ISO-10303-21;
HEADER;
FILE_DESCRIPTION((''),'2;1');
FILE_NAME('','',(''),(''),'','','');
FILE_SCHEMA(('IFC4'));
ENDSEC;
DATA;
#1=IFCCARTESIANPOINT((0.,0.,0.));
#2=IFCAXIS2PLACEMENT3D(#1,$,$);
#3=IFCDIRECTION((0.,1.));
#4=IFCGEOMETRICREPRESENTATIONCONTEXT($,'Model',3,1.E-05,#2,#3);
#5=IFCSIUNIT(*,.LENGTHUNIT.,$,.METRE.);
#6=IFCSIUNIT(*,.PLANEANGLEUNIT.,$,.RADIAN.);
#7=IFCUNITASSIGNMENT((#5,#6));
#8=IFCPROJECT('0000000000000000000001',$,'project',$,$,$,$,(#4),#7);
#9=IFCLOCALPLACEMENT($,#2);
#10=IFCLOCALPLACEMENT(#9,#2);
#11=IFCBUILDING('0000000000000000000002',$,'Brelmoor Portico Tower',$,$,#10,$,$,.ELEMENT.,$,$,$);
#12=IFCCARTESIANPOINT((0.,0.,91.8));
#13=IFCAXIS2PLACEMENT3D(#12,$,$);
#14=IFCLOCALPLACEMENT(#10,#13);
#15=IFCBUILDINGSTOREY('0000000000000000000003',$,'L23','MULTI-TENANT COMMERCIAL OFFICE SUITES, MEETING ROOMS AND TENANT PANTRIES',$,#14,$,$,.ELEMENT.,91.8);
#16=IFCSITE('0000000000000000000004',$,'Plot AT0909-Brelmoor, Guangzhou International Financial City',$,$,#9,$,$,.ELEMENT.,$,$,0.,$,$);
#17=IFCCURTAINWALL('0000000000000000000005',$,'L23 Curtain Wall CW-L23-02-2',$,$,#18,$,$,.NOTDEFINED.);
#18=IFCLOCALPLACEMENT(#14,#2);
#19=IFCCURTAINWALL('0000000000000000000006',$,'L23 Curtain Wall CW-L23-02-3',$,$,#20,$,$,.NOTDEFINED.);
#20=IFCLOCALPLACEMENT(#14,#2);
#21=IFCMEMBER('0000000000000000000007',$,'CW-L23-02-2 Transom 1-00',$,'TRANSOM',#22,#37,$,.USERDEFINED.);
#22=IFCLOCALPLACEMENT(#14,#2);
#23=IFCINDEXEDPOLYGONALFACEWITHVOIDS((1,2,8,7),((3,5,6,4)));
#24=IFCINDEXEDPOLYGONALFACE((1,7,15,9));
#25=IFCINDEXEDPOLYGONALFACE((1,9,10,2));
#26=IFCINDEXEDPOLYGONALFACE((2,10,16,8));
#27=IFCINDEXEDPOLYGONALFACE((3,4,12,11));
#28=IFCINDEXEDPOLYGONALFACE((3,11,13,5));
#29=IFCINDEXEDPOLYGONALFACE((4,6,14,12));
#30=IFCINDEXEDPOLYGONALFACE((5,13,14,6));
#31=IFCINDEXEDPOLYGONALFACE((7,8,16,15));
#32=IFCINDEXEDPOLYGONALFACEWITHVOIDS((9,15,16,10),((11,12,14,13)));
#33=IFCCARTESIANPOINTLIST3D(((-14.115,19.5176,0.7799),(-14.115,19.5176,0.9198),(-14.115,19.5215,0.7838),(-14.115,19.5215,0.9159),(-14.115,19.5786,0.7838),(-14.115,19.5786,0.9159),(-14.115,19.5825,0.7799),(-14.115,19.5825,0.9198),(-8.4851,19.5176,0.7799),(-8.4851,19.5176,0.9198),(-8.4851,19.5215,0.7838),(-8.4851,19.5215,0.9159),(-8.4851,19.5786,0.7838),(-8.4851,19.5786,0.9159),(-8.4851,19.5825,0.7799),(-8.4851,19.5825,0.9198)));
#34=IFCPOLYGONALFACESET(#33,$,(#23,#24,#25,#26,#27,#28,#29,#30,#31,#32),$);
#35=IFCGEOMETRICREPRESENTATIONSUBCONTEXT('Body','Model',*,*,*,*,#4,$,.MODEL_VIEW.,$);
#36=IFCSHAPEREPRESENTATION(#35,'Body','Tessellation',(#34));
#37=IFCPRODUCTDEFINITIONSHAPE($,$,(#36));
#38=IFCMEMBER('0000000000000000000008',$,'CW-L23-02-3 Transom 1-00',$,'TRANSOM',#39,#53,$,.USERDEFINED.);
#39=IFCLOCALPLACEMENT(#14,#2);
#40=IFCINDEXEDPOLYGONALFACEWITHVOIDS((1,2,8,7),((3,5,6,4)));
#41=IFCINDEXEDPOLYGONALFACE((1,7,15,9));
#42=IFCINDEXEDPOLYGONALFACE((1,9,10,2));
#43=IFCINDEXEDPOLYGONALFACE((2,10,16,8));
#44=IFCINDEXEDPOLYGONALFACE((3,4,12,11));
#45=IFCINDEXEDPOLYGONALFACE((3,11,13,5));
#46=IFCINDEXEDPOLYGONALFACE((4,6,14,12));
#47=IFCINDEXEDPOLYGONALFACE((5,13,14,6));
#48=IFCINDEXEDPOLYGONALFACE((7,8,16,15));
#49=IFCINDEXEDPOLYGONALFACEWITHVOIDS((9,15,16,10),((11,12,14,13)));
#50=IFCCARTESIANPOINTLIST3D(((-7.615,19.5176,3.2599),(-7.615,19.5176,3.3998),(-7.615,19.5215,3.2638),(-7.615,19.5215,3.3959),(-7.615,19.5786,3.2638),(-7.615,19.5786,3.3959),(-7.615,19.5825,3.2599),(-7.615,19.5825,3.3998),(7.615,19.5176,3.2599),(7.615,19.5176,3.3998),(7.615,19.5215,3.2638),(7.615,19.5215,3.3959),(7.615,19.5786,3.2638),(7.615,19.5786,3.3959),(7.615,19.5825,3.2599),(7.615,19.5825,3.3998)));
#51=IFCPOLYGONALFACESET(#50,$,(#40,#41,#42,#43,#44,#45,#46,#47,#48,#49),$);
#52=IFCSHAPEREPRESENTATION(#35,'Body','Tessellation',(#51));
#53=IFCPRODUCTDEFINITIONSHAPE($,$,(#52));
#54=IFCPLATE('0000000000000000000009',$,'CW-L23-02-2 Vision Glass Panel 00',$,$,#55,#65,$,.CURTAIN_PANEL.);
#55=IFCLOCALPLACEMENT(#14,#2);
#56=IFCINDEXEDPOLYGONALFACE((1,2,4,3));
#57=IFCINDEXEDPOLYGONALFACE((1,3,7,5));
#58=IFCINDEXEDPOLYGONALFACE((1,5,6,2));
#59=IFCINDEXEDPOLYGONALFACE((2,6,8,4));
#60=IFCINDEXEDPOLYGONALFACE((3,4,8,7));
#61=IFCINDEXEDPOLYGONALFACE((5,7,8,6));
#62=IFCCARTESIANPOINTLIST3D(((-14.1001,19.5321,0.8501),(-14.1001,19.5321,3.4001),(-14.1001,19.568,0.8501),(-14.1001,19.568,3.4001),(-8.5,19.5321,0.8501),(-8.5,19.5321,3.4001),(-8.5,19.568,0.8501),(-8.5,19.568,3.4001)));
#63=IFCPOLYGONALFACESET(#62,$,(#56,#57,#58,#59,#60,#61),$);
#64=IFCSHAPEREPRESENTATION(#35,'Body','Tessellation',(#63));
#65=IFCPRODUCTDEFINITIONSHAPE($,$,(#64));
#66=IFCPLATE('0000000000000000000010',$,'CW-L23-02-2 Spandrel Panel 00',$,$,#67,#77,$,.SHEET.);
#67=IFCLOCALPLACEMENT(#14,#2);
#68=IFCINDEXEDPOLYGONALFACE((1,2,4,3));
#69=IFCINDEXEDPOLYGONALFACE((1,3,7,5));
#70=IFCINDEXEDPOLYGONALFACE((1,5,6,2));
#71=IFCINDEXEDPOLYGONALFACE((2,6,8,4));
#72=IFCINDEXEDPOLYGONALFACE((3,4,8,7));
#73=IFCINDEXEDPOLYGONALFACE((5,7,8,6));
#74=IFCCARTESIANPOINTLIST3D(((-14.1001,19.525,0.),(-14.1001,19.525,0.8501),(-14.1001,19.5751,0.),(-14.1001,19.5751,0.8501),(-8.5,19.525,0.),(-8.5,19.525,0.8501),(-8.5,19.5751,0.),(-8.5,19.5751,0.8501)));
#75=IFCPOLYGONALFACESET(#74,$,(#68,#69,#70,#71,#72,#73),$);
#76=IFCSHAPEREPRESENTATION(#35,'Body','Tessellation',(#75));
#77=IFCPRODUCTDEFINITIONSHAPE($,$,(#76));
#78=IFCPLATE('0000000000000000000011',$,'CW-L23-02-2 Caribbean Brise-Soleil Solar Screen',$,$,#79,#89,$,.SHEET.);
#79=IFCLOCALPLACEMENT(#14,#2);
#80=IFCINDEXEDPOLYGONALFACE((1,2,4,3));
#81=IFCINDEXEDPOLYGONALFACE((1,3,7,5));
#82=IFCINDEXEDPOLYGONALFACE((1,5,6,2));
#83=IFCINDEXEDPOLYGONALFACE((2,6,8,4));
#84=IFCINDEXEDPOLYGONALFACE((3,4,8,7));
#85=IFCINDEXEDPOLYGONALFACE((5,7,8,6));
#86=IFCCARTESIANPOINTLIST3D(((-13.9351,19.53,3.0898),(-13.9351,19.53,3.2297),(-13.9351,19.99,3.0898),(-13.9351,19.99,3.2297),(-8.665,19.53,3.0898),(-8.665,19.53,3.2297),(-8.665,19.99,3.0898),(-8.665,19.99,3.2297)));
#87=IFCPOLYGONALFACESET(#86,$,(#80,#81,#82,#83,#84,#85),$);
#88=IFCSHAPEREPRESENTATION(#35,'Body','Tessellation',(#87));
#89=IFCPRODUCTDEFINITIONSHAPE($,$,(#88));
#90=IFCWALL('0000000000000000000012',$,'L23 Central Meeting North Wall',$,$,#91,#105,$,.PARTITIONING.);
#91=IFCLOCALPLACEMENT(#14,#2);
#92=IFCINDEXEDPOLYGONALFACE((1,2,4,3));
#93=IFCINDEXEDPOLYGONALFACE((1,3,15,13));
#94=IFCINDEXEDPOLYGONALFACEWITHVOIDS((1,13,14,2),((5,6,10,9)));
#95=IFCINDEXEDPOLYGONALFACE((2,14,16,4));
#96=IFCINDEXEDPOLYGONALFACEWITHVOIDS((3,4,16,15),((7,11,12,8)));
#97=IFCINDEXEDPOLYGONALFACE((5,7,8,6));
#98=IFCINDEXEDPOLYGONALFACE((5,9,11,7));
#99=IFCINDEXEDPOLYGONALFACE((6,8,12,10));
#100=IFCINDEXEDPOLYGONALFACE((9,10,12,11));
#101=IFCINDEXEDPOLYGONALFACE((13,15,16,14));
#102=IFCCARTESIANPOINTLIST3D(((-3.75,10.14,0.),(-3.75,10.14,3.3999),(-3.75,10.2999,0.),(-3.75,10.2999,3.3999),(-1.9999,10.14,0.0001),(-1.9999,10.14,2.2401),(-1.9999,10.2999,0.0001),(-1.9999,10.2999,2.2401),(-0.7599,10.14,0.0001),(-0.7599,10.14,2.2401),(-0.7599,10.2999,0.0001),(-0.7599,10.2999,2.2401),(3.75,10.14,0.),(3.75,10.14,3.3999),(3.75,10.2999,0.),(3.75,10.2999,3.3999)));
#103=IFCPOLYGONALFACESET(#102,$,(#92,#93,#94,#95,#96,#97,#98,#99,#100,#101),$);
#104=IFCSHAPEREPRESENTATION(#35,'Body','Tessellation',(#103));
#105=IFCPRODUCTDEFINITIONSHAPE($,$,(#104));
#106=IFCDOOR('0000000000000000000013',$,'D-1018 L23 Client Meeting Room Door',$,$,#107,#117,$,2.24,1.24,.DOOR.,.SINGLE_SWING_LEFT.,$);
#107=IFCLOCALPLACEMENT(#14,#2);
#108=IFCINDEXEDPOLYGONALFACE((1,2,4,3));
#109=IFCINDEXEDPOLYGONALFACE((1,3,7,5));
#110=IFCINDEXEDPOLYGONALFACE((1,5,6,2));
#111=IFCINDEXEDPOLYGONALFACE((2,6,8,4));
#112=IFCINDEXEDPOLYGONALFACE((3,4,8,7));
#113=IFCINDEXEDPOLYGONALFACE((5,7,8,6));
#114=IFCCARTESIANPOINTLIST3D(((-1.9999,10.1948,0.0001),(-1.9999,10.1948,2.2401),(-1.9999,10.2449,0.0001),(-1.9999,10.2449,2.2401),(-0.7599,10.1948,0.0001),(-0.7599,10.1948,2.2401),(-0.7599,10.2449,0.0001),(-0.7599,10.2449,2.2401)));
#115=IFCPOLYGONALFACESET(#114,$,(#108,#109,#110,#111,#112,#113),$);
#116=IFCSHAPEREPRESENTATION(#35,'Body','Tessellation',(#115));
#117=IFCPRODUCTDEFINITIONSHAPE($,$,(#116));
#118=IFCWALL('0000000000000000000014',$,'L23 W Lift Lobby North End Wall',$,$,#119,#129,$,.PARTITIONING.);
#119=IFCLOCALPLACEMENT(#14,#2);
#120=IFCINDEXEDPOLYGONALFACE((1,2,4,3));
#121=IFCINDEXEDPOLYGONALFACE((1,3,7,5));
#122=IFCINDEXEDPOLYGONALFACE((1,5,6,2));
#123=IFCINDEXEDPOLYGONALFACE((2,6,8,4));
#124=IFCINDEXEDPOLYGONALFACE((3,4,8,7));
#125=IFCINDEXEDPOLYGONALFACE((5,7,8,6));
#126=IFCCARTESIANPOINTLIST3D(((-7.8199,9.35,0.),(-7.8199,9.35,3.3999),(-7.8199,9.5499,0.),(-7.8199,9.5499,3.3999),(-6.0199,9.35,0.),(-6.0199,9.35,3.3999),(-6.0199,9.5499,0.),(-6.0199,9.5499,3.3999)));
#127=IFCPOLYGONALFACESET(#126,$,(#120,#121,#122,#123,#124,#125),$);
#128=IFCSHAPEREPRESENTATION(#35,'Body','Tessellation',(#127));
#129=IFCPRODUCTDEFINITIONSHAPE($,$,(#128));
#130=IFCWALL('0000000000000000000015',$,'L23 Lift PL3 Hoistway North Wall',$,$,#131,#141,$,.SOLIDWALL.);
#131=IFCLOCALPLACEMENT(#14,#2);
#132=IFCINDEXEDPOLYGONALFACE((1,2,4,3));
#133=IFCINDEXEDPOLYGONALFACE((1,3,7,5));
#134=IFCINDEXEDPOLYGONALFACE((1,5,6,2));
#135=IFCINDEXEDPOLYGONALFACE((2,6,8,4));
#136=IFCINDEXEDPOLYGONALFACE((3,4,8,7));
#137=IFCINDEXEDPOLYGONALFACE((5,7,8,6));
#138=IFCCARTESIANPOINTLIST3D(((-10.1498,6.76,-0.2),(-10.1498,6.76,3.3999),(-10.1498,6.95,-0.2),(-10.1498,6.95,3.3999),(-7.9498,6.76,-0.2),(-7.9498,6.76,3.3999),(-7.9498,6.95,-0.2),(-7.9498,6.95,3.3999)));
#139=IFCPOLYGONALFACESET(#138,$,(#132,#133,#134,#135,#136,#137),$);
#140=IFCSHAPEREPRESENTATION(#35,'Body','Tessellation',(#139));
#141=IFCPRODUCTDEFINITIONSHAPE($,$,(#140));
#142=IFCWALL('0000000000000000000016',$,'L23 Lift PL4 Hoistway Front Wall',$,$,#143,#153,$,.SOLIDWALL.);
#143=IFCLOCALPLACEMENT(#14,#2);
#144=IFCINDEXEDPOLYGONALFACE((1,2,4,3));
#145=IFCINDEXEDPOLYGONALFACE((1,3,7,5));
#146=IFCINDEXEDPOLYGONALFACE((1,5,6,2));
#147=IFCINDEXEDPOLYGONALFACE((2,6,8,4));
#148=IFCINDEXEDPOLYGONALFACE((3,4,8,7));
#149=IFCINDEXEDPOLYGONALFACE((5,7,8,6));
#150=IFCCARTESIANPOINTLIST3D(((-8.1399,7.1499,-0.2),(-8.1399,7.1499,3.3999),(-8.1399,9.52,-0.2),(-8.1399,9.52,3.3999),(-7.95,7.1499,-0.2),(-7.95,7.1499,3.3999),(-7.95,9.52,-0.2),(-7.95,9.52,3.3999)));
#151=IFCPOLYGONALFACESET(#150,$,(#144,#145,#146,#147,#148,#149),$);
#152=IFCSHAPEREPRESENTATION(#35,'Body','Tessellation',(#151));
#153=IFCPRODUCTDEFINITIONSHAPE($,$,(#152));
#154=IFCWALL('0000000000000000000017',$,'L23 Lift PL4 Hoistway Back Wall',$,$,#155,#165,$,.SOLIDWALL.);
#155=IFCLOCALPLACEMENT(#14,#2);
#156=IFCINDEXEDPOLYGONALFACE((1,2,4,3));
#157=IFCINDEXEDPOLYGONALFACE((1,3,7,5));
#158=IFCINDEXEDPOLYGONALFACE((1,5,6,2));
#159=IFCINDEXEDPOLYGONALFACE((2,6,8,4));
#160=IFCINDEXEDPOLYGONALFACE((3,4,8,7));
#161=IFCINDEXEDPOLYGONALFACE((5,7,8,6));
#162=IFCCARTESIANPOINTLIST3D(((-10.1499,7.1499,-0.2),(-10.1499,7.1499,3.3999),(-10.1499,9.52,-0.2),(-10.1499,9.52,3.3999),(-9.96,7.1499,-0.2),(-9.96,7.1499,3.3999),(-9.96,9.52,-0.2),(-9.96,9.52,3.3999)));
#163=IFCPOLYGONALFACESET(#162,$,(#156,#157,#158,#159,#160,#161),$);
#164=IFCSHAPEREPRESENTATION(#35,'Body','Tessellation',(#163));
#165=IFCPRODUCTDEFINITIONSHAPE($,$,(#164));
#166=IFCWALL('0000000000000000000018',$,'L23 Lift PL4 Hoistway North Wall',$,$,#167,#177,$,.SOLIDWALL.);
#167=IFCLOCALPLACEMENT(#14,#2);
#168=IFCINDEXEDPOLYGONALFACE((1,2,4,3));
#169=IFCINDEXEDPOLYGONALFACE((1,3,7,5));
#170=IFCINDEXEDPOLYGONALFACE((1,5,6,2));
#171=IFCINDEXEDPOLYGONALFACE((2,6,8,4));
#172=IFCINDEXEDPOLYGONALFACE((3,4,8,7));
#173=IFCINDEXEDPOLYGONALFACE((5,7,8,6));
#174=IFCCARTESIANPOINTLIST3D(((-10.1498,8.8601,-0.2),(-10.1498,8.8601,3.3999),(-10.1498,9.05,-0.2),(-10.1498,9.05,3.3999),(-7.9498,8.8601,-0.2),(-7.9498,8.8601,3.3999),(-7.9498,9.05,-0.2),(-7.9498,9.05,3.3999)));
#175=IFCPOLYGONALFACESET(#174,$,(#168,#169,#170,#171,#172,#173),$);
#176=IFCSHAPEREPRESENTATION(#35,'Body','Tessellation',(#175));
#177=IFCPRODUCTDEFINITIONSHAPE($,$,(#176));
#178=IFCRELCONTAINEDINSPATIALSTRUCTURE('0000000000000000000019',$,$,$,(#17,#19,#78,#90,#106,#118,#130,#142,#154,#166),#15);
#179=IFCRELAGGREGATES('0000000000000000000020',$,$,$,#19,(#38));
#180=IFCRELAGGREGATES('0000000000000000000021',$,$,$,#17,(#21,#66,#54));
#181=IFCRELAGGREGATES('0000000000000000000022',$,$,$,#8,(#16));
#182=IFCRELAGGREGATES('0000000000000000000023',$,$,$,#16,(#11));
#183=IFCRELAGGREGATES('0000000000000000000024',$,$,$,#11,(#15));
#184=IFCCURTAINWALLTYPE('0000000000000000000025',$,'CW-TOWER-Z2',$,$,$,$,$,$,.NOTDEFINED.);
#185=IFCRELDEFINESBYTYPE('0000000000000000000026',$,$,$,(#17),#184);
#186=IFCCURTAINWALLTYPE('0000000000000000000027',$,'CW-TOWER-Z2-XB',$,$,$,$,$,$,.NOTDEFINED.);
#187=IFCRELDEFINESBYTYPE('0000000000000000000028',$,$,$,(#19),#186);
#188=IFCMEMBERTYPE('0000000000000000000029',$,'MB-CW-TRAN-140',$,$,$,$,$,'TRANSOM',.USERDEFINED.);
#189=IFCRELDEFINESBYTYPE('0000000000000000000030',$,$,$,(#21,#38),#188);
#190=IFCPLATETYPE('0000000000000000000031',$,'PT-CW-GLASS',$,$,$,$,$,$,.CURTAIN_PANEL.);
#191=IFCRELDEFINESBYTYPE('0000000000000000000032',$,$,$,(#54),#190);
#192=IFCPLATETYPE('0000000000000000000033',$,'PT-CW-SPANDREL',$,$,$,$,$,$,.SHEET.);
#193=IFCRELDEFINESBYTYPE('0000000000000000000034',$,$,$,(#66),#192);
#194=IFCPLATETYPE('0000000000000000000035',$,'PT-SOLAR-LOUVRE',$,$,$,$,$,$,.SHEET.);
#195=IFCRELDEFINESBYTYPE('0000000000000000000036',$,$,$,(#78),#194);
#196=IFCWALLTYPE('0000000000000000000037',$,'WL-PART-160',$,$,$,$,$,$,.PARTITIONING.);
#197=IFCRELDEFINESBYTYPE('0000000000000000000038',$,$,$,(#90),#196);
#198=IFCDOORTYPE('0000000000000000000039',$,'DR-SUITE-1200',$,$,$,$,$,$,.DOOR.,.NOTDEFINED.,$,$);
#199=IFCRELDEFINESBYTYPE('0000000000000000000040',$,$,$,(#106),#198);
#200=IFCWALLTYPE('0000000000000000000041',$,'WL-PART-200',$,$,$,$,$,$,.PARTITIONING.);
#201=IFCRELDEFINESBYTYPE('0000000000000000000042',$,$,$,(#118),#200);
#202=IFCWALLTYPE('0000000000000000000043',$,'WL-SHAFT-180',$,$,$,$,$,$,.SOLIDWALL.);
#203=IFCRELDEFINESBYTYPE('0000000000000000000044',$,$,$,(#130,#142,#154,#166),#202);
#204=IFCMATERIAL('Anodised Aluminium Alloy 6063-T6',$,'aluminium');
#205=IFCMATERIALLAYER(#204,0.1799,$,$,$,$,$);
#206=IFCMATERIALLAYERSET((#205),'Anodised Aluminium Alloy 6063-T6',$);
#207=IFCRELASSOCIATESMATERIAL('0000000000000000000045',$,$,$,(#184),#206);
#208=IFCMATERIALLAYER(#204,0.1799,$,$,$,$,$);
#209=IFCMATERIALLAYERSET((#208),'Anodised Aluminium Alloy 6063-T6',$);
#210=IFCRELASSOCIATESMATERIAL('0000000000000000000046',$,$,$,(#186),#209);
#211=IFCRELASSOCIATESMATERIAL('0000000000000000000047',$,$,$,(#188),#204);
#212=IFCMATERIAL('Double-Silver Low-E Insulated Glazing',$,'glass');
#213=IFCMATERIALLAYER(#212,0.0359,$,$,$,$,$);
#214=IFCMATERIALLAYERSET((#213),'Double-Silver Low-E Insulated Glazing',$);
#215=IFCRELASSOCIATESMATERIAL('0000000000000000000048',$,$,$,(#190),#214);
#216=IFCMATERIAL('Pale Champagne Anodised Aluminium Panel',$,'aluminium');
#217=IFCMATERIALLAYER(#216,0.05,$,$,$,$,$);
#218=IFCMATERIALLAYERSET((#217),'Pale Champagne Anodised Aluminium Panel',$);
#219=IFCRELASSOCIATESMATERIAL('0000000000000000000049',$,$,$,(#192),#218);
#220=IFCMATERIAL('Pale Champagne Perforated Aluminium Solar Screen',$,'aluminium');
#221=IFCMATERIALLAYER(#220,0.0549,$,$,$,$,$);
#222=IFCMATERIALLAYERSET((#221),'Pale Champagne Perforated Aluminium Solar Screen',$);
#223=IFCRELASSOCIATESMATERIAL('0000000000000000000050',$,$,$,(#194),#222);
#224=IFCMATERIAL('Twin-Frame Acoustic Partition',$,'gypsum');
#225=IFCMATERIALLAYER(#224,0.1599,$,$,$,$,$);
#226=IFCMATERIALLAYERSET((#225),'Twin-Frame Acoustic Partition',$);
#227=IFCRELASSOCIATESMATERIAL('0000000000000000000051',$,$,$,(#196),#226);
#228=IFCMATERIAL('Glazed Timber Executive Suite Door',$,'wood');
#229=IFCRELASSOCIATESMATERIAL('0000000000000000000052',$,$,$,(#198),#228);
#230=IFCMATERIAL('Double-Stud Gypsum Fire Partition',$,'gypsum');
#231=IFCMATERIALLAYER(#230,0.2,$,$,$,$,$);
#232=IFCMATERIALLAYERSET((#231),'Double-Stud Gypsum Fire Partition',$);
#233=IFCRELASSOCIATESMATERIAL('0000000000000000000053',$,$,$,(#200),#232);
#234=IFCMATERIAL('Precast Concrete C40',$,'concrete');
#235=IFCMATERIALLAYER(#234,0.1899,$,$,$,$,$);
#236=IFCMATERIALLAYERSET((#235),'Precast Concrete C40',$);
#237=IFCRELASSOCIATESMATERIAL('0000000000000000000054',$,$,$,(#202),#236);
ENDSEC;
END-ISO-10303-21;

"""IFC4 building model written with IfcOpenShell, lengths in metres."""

from ifc_helpers import new_model, si_unit, direction, frame, frame_2d, origin, origin_2d, place, context, subcontext, project, spatial, rectangle, hollow_rectangle, extrude, material, layer, layer_set, material_profile, profile_set, type_object, element, fill, aggregate, save


model = new_model("IFC4")

# Units and contexts
model_context = context("Model", 3, precision=1e-05, world=origin(), true_north=direction((0.0, 1.0)))
body_context = subcontext(model_context, "Body", "Model", "MODEL_VIEW")
ifc_project = project(units=[si_unit("LENGTHUNIT", "METRE"), si_unit("PLANEANGLEUNIT", "RADIAN")], contexts=[model_context])

# Site, building, storey
site_placement = place(None, origin())
site = spatial("IfcSite", under=ifc_project, at=site_placement, Name="Plot AT0909-Brelmoor, Guangzhou International Financial City", CompositionType="ELEMENT", RefElevation=0.0)
building_placement = place(site_placement, origin())
building = spatial("IfcBuilding", under=site, at=building_placement, Name="Brelmoor Portico Tower", CompositionType="ELEMENT")
storey_placement = place(building_placement, frame((0.0, 0.0, 91.8)))
storey = spatial("IfcBuildingStorey", under=building, at=storey_placement, Name="L23", Description="MULTI-TENANT COMMERCIAL OFFICE SUITES, MEETING ROOMS AND TENANT PANTRIES", CompositionType="ELEMENT", Elevation=91.8)

# Curtain walls
ifc_material_1 = material(Name="Anodised Aluminium Alloy 6063-T6", Category="aluminium")
ifc_layer_1 = layer(ifc_material_1, 0.1799)
ifc_layer_set_1 = layer_set([ifc_layer_1], Name="Anodised Aluminium Alloy 6063-T6")
curtain_wall_type_1 = type_object("IfcCurtainWallType", Name="CW-TOWER-Z2", PredefinedType="NOTDEFINED", material=ifc_layer_set_1)
curtain_wall_1_placement = place(storey_placement, origin())
curtain_wall_1 = element("IfcCurtainWall", 1, at=curtain_wall_1_placement, inside=storey, type_object=curtain_wall_type_1, Name="L23 Curtain Wall CW-L23-02-2", PredefinedType="NOTDEFINED")
ifc_layer_2 = layer(ifc_material_1, 0.1799)
ifc_layer_set_2 = layer_set([ifc_layer_2], Name="Anodised Aluminium Alloy 6063-T6")
curtain_wall_type_2 = type_object("IfcCurtainWallType", Name="CW-TOWER-Z2-XB", PredefinedType="NOTDEFINED", material=ifc_layer_set_2)
curtain_wall_2_placement = place(storey_placement, origin())
curtain_wall_2 = element("IfcCurtainWall", 2, at=curtain_wall_2_placement, inside=storey, type_object=curtain_wall_type_2, Name="L23 Curtain Wall CW-L23-02-3", PredefinedType="NOTDEFINED")

# Members
ifc_material_profile_1 = material_profile(ifc_material_1, hollow_rectangle(XDim=0.0649, YDim=0.1399, WallThickness=0.0039, at=origin_2d()), Name="ALU TRANSOM 65x140")
ifc_profile_set_1 = profile_set([ifc_material_profile_1], Name="Anodised Aluminium Alloy 6063-T6")
member_type_1 = type_object("IfcMemberType", Name="MB-CW-TRAN-140", ElementType="TRANSOM", PredefinedType="USERDEFINED", material=ifc_profile_set_1)
member_1_placement = place(storey_placement, frame((-14.115, 19.55, 0.8499), z_axis=(1.0, 0.0, 0.0), x_axis=(0.0, 1.0, 0.0)))
member_1 = element("IfcMember", 3, at=member_1_placement, type_object=member_type_1, Name="CW-L23-02-2 Transom 1-00", ObjectType="TRANSOM", PredefinedType="USERDEFINED", context=body_context, shape_type="SweptSolid", body=[
    extrude(hollow_rectangle(XDim=0.0649, YDim=0.1399, WallThickness=0.0039, at=origin_2d()), origin(), (0.0, 0.0, 1.0), 5.6299),
])
member_2_placement = place(storey_placement, frame((-7.615, 19.55, 3.3298), z_axis=(1.0, 0.0, 0.0), x_axis=(0.0, 1.0, 0.0)))
member_2 = element("IfcMember", 4, at=member_2_placement, type_object=member_type_1, Name="CW-L23-02-3 Transom 1-00", ObjectType="TRANSOM", PredefinedType="USERDEFINED", context=body_context, shape_type="SweptSolid", body=[
    extrude(hollow_rectangle(XDim=0.0649, YDim=0.1399, WallThickness=0.0039, at=origin_2d()), origin(), (0.0, 0.0, 1.0), 15.23),
])
aggregate(curtain_wall_2, [member_2])

# Plates
ifc_material_2 = material(Name="Double-Silver Low-E Insulated Glazing", Category="glass")
ifc_layer_3 = layer(ifc_material_2, 0.0359)
ifc_layer_set_3 = layer_set([ifc_layer_3], Name="Double-Silver Low-E Insulated Glazing")
plate_type_1 = type_object("IfcPlateType", Name="PT-CW-GLASS", PredefinedType="CURTAIN_PANEL", material=ifc_layer_set_3)
plate_1_placement = place(storey_placement, frame((-11.3, 19.55, 0.8501), z_axis=(0.0, 0.0, 1.0), x_axis=(1.0, 0.0, 0.0)))
plate_1 = element("IfcPlate", 5, at=plate_1_placement, type_object=plate_type_1, Name="CW-L23-02-2 Vision Glass Panel 00", PredefinedType="CURTAIN_PANEL", context=body_context, shape_type="SweptSolid", body=[
    extrude(rectangle(XDim=5.6001, YDim=0.0359, at=origin_2d()), origin(), (0.0, 0.0, 1.0), 2.55),
])
ifc_material_3 = material(Name="Pale Champagne Anodised Aluminium Panel", Category="aluminium")
ifc_layer_4 = layer(ifc_material_3, 0.05)
ifc_layer_set_4 = layer_set([ifc_layer_4], Name="Pale Champagne Anodised Aluminium Panel")
plate_type_2 = type_object("IfcPlateType", Name="PT-CW-SPANDREL", PredefinedType="SHEET", material=ifc_layer_set_4)
plate_2_placement = place(storey_placement, frame((-11.3, 19.55, 0.0), z_axis=(0.0, 0.0, 1.0), x_axis=(1.0, 0.0, 0.0)))
plate_2 = element("IfcPlate", 6, at=plate_2_placement, type_object=plate_type_2, Name="CW-L23-02-2 Spandrel Panel 00", PredefinedType="SHEET", context=body_context, shape_type="SweptSolid", body=[
    extrude(rectangle(XDim=5.6001, YDim=0.05, at=origin_2d()), origin(), (0.0, 0.0, 1.0), 0.8501),
])
aggregate(curtain_wall_1, [member_1, plate_2, plate_1])
ifc_material_4 = material(Name="Pale Champagne Perforated Aluminium Solar Screen", Category="aluminium")
ifc_layer_5 = layer(ifc_material_4, 0.0549)
ifc_layer_set_5 = layer_set([ifc_layer_5], Name="Pale Champagne Perforated Aluminium Solar Screen")
plate_type_3 = type_object("IfcPlateType", Name="PT-SOLAR-LOUVRE", PredefinedType="SHEET", material=ifc_layer_set_5)
plate_3_placement = place(storey_placement, frame((-11.3, 19.76, 3.0898), z_axis=(0.0, 0.0, 1.0), x_axis=(1.0, 0.0, 0.0)))
element("IfcPlate", 7, at=plate_3_placement, inside=storey, type_object=plate_type_3, Name="CW-L23-02-2 Caribbean Brise-Soleil Solar Screen", PredefinedType="SHEET", context=body_context, shape_type="SweptSolid", body=[
    extrude(rectangle(XDim=5.27, YDim=0.46, at=origin_2d()), origin(), (0.0, 0.0, 1.0), 0.1399),
])

# Wall, opening, door
ifc_material_5 = material(Name="Twin-Frame Acoustic Partition", Category="gypsum")
ifc_layer_6 = layer(ifc_material_5, 0.1599)
ifc_layer_set_6 = layer_set([ifc_layer_6], Name="Twin-Frame Acoustic Partition")
wall_type_1 = type_object("IfcWallType", Name="WL-PART-160", PredefinedType="PARTITIONING", material=ifc_layer_set_6)
wall_1_placement = place(storey_placement, frame((-3.75, 10.22, 0.0), z_axis=(0.0, 0.0, 1.0), x_axis=(1.0, 0.0, 0.0)))
wall_1 = element("IfcWall", 8, at=wall_1_placement, inside=storey, type_object=wall_type_1, Name="L23 Central Meeting North Wall", PredefinedType="PARTITIONING", context=body_context, shape_type="SweptSolid", body=[
    extrude(rectangle(XDim=7.5, YDim=0.1599, at=frame_2d((3.75, 0.0))), origin(), (0.0, 0.0, 1.0), 3.3999),
])
opening_placement = place(wall_1_placement, frame((1.75, 0.0, 0.0)))
opening = element("IfcOpeningElement", 9, at=opening_placement, cuts=wall_1, PredefinedType="OPENING", context=body_context, shape_type="SweptSolid", body=[
    extrude(rectangle(XDim=1.24, YDim=2.24, at=frame_2d((0.6201, 1.1201))), frame((0.0, 0.0898, 0.0), z_axis=(0.0, -1.0, 0.0), x_axis=(1.0, 0.0, 0.0)), (0.0, 0.0, 1.0), 0.1799),
])
ifc_material_6 = material(Name="Glazed Timber Executive Suite Door", Category="wood")
door_type = type_object("IfcDoorType", Name="DR-SUITE-1200", OperationType="NOTDEFINED", PredefinedType="DOOR", material=ifc_material_6)
door_placement = place(opening_placement, origin())
door = element("IfcDoor", 10, at=door_placement, inside=storey, type_object=door_type, Name="D-1018 L23 Client Meeting Room Door", OperationType="SINGLE_SWING_LEFT", OverallHeight=2.24, OverallWidth=1.24, PredefinedType="DOOR", context=body_context, shape_type="SweptSolid", body=[
    extrude(rectangle(XDim=1.24, YDim=2.24, at=frame_2d((0.6201, 1.1201))), frame((0.0, 0.0249, 0.0), z_axis=(0.0, -1.0, 0.0), x_axis=(1.0, 0.0, 0.0)), (0.0, 0.0, 1.0), 0.05),
])
fill(opening, door)

# Walls
ifc_material_7 = material(Name="Double-Stud Gypsum Fire Partition", Category="gypsum")
ifc_layer_7 = layer(ifc_material_7, 0.2)
ifc_layer_set_7 = layer_set([ifc_layer_7], Name="Double-Stud Gypsum Fire Partition")
wall_type_2 = type_object("IfcWallType", Name="WL-PART-200", PredefinedType="PARTITIONING", material=ifc_layer_set_7)
wall_2_placement = place(storey_placement, frame((-6.02, 9.45, 0.0), z_axis=(0.0, 0.0, 1.0), x_axis=(-1.0, 0.0, 0.0)))
element("IfcWall", 11, at=wall_2_placement, inside=storey, type_object=wall_type_2, Name="L23 W Lift Lobby North End Wall", PredefinedType="PARTITIONING", context=body_context, shape_type="SweptSolid", body=[
    extrude(rectangle(XDim=1.8, YDim=0.2, at=frame_2d((0.8999, 0.0))), origin(), (0.0, 0.0, 1.0), 3.3999),
])
ifc_material_8 = material(Name="Precast Concrete C40", Category="concrete")
ifc_layer_8 = layer(ifc_material_8, 0.1899)
ifc_layer_set_8 = layer_set([ifc_layer_8], Name="Precast Concrete C40")
wall_type_3 = type_object("IfcWallType", Name="WL-SHAFT-180", PredefinedType="SOLIDWALL", material=ifc_layer_set_8)
wall_3_placement = place(storey_placement, frame((-10.1499, 6.855, -0.2), z_axis=(0.0, 0.0, 1.0), x_axis=(1.0, 0.0, 0.0)))
element("IfcWall", 12, at=wall_3_placement, inside=storey, type_object=wall_type_3, Name="L23 Lift PL3 Hoistway North Wall", PredefinedType="SOLIDWALL", context=body_context, shape_type="SweptSolid", body=[
    extrude(rectangle(XDim=2.2, YDim=0.1899, at=frame_2d((1.1001, 0.0))), origin(), (0.0, 0.0, 1.0), 3.5999),
])
for number, where, z_axis, x_axis, name in (
    (13, (-8.0449, 7.1499, -0.2), (0.0, 0.0, 1.0), (0.0, 1.0, 0.0), "L23 Lift PL4 Hoistway Front Wall"),
    (14, (-10.0549, 7.1499, -0.2), (0.0, 0.0, 1.0), (0.0, 1.0, 0.0), "L23 Lift PL4 Hoistway Back Wall"),
):
    element("IfcWall", number, at=place(storey_placement, frame(where, z_axis=z_axis, x_axis=x_axis)), inside=storey, type_object=wall_type_3, Name=name, PredefinedType="SOLIDWALL", context=body_context, shape_type="SweptSolid", body=[
        extrude(rectangle(XDim=2.3701, YDim=0.1899, at=frame_2d((1.1851, 0.0))), origin(), (0.0, 0.0, 1.0), 3.5999),
    ])
for number, where, z_axis, x_axis, name in (
    (15, (-10.1499, 8.9551, -0.2), (0.0, 0.0, 1.0), (1.0, 0.0, 0.0), "L23 Lift PL4 Hoistway North Wall"),
):
    element("IfcWall", number, at=place(storey_placement, frame(where, z_axis=z_axis, x_axis=x_axis)), inside=storey, type_object=wall_type_3, Name=name, PredefinedType="SOLIDWALL", context=body_context, shape_type="SweptSolid", body=[
        extrude(rectangle(XDim=2.2, YDim=0.1899, at=frame_2d((1.1001, 0.0))), origin(), (0.0, 0.0, 1.0), 3.5999),
    ])

save(model, "model.ifc")
